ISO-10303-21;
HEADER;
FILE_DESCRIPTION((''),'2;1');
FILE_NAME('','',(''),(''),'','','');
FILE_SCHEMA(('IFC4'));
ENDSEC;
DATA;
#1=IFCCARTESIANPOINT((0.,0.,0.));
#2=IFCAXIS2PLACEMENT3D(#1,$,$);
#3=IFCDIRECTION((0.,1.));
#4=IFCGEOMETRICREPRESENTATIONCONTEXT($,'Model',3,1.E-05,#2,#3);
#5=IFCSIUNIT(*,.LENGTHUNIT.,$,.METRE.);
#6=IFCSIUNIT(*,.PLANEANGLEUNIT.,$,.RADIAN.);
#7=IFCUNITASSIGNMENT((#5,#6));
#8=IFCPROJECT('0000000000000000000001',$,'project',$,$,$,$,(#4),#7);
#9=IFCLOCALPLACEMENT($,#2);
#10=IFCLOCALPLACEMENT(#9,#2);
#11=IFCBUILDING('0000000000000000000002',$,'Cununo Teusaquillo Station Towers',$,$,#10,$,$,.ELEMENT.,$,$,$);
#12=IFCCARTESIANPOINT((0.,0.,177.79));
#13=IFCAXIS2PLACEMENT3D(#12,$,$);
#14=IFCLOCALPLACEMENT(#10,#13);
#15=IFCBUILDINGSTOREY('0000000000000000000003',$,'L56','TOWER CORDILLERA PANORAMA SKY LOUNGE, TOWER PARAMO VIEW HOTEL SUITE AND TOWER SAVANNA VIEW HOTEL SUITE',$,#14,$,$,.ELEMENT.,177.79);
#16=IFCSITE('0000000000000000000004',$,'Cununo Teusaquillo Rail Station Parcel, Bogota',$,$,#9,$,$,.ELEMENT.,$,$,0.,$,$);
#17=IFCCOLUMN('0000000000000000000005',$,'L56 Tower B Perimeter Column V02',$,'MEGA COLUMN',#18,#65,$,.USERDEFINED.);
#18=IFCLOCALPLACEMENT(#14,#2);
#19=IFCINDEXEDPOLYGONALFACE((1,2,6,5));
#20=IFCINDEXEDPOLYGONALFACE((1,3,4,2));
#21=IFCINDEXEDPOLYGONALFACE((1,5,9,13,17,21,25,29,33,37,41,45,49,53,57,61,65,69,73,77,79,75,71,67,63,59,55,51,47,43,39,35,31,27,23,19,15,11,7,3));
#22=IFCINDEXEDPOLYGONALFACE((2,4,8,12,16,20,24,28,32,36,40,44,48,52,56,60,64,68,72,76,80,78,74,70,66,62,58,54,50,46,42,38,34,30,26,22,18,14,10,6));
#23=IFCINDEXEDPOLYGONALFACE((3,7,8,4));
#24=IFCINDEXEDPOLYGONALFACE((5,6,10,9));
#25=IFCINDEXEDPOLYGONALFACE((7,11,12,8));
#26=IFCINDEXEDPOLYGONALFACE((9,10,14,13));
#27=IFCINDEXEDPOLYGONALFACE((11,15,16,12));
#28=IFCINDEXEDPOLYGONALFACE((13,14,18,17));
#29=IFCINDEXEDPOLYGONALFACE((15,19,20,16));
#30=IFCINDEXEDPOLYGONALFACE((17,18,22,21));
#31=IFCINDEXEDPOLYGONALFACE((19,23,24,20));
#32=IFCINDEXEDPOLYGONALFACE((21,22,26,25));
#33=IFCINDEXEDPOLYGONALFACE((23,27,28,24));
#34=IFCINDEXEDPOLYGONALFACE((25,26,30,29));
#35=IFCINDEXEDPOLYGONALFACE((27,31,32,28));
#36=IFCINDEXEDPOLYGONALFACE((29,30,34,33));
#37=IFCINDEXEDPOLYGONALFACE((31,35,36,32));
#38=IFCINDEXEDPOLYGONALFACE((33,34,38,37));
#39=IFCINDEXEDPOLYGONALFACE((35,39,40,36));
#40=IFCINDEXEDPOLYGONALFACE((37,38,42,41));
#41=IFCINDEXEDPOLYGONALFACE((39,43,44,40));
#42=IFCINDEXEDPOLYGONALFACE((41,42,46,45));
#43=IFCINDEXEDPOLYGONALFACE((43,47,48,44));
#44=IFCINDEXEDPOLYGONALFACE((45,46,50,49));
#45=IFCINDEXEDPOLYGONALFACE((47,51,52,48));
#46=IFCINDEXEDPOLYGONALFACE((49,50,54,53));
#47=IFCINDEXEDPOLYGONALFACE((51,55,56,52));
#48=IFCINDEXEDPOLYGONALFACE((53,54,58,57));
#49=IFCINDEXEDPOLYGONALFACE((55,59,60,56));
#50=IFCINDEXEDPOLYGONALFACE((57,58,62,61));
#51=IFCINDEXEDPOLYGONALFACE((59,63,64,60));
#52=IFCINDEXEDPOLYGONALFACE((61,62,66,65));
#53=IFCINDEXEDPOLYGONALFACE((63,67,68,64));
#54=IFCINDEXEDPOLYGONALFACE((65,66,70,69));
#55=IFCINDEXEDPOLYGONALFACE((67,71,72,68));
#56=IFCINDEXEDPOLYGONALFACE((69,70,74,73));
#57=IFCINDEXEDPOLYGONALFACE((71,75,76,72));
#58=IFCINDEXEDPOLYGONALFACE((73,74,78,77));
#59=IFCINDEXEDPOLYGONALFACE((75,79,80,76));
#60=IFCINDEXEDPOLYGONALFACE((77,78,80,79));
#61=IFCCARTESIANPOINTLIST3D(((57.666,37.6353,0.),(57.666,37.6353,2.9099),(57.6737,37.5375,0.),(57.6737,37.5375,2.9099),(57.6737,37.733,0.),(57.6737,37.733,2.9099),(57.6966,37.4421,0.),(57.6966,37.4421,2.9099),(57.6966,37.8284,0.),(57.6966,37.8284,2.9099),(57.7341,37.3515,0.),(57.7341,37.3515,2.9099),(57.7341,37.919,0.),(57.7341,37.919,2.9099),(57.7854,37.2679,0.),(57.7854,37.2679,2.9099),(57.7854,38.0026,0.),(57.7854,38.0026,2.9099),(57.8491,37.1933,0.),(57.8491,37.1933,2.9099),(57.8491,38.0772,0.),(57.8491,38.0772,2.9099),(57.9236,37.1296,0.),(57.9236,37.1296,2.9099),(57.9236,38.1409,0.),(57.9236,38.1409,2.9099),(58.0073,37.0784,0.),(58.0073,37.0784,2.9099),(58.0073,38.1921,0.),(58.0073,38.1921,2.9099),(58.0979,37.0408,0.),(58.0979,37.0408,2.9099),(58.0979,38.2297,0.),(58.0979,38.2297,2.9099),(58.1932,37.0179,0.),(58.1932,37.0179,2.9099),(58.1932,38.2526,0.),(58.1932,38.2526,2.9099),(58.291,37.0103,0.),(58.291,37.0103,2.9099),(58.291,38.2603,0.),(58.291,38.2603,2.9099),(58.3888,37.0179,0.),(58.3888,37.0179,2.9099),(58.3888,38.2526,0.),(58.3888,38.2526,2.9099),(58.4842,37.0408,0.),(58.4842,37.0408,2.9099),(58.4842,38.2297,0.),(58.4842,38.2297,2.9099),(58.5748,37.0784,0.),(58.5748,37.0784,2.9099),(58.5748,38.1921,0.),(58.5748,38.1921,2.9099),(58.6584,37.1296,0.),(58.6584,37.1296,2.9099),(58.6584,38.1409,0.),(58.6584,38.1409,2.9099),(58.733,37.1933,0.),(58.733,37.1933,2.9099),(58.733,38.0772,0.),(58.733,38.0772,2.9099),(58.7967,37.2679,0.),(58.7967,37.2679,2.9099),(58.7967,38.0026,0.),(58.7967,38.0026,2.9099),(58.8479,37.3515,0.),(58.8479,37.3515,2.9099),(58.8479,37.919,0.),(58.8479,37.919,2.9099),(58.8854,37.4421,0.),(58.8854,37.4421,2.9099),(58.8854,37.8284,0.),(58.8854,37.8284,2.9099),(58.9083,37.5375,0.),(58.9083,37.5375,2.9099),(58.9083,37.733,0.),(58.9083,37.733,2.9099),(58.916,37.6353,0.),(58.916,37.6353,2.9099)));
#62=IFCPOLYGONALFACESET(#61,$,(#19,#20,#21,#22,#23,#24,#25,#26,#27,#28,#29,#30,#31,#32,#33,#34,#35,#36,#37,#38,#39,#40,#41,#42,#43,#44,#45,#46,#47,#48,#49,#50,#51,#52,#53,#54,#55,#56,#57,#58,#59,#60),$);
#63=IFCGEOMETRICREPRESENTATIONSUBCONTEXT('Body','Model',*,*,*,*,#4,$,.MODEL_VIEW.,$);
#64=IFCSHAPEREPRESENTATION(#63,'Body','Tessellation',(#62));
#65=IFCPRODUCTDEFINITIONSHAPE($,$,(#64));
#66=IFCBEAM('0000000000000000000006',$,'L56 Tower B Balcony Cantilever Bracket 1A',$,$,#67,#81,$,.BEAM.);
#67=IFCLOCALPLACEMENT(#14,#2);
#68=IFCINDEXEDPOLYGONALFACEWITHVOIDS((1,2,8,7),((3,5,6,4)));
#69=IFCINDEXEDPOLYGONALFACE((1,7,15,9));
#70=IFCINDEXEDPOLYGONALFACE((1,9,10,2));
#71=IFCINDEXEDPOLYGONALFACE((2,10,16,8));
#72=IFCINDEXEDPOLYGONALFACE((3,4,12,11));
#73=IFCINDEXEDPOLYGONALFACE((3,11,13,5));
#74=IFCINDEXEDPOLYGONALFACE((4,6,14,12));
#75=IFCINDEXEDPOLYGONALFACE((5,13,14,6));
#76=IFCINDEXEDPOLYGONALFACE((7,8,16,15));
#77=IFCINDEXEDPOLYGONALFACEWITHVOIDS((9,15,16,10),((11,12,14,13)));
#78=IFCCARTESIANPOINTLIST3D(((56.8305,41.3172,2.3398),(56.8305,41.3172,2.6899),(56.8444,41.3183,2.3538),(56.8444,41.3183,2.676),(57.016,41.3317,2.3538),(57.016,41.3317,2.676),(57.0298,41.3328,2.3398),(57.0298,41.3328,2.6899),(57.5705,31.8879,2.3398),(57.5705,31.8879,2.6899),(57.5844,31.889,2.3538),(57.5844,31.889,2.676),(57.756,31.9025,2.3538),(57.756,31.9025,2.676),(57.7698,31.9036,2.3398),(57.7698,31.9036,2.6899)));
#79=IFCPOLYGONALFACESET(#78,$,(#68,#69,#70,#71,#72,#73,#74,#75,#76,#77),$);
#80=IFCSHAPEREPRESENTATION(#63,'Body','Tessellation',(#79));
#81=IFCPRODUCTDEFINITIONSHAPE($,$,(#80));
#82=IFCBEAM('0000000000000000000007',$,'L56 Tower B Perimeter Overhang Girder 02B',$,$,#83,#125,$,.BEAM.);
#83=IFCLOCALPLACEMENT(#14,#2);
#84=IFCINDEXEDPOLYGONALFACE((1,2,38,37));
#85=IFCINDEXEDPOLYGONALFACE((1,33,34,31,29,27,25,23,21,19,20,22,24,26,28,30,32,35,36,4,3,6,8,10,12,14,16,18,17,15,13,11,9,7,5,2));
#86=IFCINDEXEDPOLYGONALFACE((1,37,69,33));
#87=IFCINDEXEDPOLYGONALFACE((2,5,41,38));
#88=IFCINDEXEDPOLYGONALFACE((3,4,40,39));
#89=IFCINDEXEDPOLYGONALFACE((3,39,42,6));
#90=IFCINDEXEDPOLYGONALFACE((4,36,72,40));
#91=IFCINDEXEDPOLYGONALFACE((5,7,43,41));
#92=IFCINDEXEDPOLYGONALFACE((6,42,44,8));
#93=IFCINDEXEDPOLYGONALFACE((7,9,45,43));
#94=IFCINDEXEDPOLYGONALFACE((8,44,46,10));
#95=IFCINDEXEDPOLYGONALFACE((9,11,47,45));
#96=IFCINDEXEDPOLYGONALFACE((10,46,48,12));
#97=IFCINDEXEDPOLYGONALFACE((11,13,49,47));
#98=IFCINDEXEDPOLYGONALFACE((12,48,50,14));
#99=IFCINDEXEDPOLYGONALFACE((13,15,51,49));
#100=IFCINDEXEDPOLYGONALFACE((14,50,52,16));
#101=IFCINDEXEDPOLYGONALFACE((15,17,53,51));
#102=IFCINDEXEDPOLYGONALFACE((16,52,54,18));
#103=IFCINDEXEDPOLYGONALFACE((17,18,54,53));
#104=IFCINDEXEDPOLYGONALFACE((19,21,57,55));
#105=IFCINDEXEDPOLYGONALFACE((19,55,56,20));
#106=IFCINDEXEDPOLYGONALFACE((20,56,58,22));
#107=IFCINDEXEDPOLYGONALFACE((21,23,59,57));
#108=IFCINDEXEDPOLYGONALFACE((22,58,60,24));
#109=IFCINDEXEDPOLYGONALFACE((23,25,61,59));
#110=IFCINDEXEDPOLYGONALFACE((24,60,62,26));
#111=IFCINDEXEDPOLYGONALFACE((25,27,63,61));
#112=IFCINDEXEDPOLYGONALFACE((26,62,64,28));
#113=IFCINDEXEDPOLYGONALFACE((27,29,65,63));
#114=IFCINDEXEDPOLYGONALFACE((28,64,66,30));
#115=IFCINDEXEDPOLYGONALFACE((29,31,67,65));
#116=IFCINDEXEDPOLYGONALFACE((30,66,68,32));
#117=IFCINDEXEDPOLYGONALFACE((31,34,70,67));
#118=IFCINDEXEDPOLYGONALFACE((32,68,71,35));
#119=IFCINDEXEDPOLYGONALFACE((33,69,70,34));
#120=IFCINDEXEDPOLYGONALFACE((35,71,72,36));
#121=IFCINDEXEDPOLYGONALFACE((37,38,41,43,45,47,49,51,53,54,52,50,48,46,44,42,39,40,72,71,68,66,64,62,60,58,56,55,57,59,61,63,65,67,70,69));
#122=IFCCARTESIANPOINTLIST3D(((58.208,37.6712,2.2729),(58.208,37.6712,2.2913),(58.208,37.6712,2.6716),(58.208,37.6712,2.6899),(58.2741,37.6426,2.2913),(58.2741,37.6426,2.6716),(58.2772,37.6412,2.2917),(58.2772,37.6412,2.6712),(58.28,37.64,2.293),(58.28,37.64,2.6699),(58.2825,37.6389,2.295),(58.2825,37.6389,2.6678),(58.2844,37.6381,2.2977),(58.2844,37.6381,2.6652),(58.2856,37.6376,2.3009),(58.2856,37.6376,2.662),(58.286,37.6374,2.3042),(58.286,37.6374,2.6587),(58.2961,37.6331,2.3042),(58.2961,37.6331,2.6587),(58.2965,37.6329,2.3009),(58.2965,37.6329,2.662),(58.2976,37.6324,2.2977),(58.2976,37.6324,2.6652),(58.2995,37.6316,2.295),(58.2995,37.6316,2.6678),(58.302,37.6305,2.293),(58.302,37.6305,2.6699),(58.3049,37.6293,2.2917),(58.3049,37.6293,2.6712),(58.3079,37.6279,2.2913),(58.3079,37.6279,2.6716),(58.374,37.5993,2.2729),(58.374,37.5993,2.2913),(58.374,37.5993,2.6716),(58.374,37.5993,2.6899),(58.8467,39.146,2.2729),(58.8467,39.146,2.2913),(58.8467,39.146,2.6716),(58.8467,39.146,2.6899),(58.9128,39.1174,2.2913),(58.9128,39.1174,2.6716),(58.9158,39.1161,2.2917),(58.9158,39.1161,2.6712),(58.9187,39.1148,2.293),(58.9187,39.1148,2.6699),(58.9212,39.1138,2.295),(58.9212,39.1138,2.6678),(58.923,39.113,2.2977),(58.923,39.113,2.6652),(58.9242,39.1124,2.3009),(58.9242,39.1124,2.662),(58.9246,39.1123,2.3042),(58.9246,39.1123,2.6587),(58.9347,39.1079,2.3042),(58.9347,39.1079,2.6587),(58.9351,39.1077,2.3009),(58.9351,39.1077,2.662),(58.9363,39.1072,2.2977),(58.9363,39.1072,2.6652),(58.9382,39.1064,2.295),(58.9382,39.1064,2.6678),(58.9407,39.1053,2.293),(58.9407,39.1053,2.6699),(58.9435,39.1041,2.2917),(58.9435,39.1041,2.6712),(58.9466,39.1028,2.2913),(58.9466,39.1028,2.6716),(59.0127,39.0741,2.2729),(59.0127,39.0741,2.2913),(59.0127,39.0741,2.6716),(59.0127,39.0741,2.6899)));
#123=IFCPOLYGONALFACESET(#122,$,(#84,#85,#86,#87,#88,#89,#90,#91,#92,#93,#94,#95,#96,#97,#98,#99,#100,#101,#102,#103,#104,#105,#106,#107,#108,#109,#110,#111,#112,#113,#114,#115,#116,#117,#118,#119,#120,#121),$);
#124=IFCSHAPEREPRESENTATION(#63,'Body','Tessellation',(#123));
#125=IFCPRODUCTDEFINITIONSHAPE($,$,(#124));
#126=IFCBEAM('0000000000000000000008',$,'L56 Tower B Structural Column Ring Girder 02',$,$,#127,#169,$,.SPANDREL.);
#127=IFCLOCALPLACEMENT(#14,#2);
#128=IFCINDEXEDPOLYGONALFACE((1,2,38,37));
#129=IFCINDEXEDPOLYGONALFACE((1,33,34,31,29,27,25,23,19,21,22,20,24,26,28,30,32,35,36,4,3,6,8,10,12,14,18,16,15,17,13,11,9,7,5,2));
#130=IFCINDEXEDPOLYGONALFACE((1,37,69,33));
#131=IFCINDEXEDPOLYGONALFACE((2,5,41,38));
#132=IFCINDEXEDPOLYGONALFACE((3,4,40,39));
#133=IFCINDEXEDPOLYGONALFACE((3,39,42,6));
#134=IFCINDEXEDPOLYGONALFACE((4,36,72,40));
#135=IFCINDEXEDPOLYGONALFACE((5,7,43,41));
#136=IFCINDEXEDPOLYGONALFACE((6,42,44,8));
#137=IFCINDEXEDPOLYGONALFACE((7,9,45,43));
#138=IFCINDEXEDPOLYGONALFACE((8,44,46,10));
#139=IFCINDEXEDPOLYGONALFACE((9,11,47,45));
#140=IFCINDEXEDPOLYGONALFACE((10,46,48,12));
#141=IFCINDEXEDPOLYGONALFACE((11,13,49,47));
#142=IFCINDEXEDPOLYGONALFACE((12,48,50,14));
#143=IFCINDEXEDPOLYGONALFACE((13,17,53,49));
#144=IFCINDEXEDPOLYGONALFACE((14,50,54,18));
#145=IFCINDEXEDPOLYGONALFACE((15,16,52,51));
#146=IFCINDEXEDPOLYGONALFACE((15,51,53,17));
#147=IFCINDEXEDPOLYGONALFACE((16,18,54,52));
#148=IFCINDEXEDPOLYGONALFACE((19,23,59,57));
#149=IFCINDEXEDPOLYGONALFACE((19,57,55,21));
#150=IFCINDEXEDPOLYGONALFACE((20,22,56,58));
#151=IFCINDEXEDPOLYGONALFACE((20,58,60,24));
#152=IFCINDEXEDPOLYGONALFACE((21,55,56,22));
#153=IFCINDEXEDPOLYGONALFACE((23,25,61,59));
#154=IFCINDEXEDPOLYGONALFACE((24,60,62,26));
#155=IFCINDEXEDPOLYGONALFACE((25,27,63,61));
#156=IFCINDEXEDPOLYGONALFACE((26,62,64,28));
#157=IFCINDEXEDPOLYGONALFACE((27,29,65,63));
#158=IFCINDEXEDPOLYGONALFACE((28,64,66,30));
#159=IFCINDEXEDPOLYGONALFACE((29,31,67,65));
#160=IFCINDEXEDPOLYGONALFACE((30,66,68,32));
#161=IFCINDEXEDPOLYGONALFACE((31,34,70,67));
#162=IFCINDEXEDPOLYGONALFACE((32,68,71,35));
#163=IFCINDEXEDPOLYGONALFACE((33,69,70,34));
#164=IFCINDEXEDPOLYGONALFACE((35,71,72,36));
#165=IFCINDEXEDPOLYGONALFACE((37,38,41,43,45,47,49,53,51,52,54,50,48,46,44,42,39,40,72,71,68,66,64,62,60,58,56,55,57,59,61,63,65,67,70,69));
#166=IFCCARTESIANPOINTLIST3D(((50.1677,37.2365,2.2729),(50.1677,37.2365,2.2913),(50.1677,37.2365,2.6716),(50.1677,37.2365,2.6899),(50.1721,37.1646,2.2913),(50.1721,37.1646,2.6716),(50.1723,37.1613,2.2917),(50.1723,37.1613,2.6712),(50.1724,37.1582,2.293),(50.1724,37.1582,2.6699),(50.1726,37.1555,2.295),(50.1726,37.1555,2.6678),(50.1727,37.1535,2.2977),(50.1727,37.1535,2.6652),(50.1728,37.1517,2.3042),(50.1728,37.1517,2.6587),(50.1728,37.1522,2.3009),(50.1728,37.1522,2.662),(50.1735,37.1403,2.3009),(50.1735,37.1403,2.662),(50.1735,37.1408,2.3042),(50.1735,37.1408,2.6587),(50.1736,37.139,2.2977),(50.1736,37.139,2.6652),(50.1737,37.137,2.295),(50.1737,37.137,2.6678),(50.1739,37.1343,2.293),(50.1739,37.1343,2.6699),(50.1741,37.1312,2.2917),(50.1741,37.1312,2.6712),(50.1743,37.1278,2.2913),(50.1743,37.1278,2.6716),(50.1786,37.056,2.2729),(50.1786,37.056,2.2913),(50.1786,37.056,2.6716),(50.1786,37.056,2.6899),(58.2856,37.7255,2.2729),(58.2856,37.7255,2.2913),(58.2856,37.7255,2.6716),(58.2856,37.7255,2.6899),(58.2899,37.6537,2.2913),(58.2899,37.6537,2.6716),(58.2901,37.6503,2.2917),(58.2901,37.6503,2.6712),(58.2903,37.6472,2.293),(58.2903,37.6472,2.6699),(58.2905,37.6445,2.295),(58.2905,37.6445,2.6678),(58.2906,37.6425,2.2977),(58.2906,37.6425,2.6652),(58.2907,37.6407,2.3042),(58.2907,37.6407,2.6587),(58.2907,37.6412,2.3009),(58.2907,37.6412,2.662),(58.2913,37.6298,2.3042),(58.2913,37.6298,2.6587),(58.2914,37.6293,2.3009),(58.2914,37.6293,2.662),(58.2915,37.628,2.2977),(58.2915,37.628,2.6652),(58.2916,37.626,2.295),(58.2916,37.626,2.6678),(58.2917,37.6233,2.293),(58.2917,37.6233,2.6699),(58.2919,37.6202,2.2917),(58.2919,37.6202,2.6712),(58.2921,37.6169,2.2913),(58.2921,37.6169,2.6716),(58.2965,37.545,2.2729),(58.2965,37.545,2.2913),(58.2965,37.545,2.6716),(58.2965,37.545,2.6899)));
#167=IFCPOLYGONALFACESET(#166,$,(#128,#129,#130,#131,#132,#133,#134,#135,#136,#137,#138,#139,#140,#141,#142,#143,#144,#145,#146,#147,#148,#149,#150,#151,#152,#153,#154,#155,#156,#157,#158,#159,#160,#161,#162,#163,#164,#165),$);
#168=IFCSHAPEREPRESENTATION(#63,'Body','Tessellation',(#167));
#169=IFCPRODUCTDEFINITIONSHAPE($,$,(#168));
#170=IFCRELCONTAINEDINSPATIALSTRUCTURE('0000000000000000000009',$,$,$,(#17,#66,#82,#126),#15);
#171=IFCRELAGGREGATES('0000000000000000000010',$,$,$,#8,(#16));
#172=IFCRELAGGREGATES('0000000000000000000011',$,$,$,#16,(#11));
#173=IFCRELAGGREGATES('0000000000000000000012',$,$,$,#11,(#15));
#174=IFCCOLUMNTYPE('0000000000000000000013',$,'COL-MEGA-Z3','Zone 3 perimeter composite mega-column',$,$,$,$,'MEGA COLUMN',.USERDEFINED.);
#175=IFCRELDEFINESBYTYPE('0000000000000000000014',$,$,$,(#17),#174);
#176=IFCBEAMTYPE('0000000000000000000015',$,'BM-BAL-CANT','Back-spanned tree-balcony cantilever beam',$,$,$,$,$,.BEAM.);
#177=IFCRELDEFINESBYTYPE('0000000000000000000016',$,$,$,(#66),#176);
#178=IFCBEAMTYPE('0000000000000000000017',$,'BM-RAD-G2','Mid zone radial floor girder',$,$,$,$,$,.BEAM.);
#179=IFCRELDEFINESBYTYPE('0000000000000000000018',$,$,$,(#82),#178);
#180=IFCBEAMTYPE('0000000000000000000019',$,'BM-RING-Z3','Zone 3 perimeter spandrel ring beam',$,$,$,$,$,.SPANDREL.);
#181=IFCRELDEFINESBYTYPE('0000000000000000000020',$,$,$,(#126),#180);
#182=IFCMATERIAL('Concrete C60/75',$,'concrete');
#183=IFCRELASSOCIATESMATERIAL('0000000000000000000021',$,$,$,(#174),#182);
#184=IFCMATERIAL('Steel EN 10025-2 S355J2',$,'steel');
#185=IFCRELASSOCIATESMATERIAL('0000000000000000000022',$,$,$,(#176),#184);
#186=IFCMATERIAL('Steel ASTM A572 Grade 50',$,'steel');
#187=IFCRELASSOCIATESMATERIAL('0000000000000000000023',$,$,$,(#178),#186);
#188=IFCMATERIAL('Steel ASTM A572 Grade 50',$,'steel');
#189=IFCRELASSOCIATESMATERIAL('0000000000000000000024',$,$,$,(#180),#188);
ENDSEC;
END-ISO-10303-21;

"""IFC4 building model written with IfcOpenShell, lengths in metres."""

from ifc_helpers import new_model, si_unit, direction, frame, origin, origin_2d, place, context, subcontext, project, spatial, hollow_rectangle, circle, i_section, extrude, material, material_profile, profile_set, type_object, element, save


model = new_model("IFC4")

# Units and contexts
model_context = context("Model", 3, precision=1e-05, world=origin(), true_north=direction((0.0, 1.0)))
body_context = subcontext(model_context, "Body", "Model", "MODEL_VIEW")
ifc_project = project(units=[si_unit("LENGTHUNIT", "METRE"), si_unit("PLANEANGLEUNIT", "RADIAN")], contexts=[model_context])

# Site, building, storey
site_placement = place(None, origin())
site = spatial("IfcSite", under=ifc_project, at=site_placement, Name="Cununo Teusaquillo Rail Station Parcel, Bogota", CompositionType="ELEMENT", RefElevation=0.0)
building_placement = place(site_placement, origin())
building = spatial("IfcBuilding", under=site, at=building_placement, Name="Cununo Teusaquillo Station Towers", CompositionType="ELEMENT")
storey_placement = place(building_placement, frame((0.0, 0.0, 177.79)))
storey = spatial("IfcBuildingStorey", under=building, at=storey_placement, Name="L56", Description="TOWER CORDILLERA PANORAMA SKY LOUNGE, TOWER PARAMO VIEW HOTEL SUITE AND TOWER SAVANNA VIEW HOTEL SUITE", CompositionType="ELEMENT", Elevation=177.79)

# Column
ifc_material_1 = material(Name="Concrete C60/75", Category="concrete")
ifc_material_profile_1 = material_profile(ifc_material_1, circle(Radius=0.625, at=origin_2d()), Name="RC-CIRC-1250")
ifc_profile_set_1 = profile_set([ifc_material_profile_1], Name="Concrete C60/75")
column_type = type_object("IfcColumnType", Name="COL-MEGA-Z3", Description="Zone 3 perimeter composite mega-column", ElementType="MEGA COLUMN", PredefinedType="USERDEFINED", material=ifc_profile_set_1)
column_placement = place(storey_placement, frame((58.291, 37.6353, 0.0), z_axis=(0.0, 0.0, 1.0), x_axis=(1.0, 0.0, 0.0)))
element("IfcColumn", 1, at=column_placement, inside=storey, type_object=column_type, Name="L56 Tower B Perimeter Column V02", ObjectType="MEGA COLUMN", PredefinedType="USERDEFINED", context=body_context, shape_type="SweptSolid", body=[
    extrude(circle(Radius=0.625, at=origin_2d()), origin(), (0.0, 0.0, 1.0), 2.9099),
])

# Beams
ifc_material_2 = material(Name="Steel EN 10025-2 S355J2", Category="steel")
ifc_material_profile_2 = material_profile(ifc_material_2, hollow_rectangle(XDim=0.2, YDim=0.3501, WallThickness=0.0139, at=origin_2d()), Name="RHS 350x200x14")
ifc_profile_set_2 = profile_set([ifc_material_profile_2], Name="Steel EN 10025-2 S355J2")
beam_type_1 = type_object("IfcBeamType", Name="BM-BAL-CANT", Description="Back-spanned tree-balcony cantilever beam", PredefinedType="BEAM", material=ifc_profile_set_2)
beam_1_placement = place(storey_placement, frame((57.6702, 31.8958, 2.5149), z_axis=(-0.078238, 0.996935, 0.0), x_axis=(-0.996935, -0.078238, 0.0)))
element("IfcBeam", 2, at=beam_1_placement, inside=storey, type_object=beam_type_1, Name="L56 Tower B Balcony Cantilever Bracket 1A", PredefinedType="BEAM", context=body_context, shape_type="SweptSolid", body=[
    extrude(hollow_rectangle(XDim=0.2, YDim=0.3501, WallThickness=0.0139, at=origin_2d()), origin(), (0.0, 0.0, 1.0), 9.4583),
])
ifc_material_3 = material(Name="Steel ASTM A572 Grade 50", Category="steel")
ifc_material_profile_3 = material_profile(ifc_material_3, i_section(OverallWidth=0.1809, OverallDepth=0.417, WebThickness=0.011, FlangeThickness=0.0183, FilletRadius=0.0129, at=origin_2d()), Name="W16X57")
ifc_profile_set_3 = profile_set([ifc_material_profile_3], Name="Steel ASTM A572 Grade 50")
beam_type_2 = type_object("IfcBeamType", Name="BM-RAD-G2", Description="Mid zone radial floor girder", PredefinedType="BEAM", material=ifc_profile_set_3)
beam_2_placement = place(storey_placement, frame((58.291, 37.6353, 2.4814), z_axis=(0.397381, 0.917654, 0.0), x_axis=(-0.917654, 0.397381, 0.0)))
element("IfcBeam", 3, at=beam_2_placement, inside=storey, type_object=beam_type_2, Name="L56 Tower B Perimeter Overhang Girder 02B", PredefinedType="BEAM", context=body_context, shape_type="SweptSolid", body=[
    extrude(i_section(OverallWidth=0.1809, OverallDepth=0.417, WebThickness=0.011, FlangeThickness=0.0183, FilletRadius=0.0129, at=origin_2d()), origin(), (0.0, 0.0, 1.0), 1.6072),
])
ifc_material_4 = material(Name="Steel ASTM A572 Grade 50", Category="steel")
ifc_material_profile_4 = material_profile(ifc_material_4, i_section(OverallWidth=0.1809, OverallDepth=0.417, WebThickness=0.011, FlangeThickness=0.0183, FilletRadius=0.0129, at=origin_2d()), Name="W16X57")
ifc_profile_set_4 = profile_set([ifc_material_profile_4], Name="Steel ASTM A572 Grade 50")
beam_type_3 = type_object("IfcBeamType", Name="BM-RING-Z3", Description="Zone 3 perimeter spandrel ring beam", PredefinedType="SPANDREL", material=ifc_profile_set_4)
beam_3_placement = place(storey_placement, frame((58.291, 37.6353, 2.4814), z_axis=(-0.998191, -0.06013, 0.0), x_axis=(0.06013, -0.998191, 0.0)))
element("IfcBeam", 4, at=beam_3_placement, inside=storey, type_object=beam_type_3, Name="L56 Tower B Structural Column Ring Girder 02", PredefinedType="SPANDREL", context=body_context, shape_type="SweptSolid", body=[
    extrude(i_section(OverallWidth=0.1809, OverallDepth=0.417, WebThickness=0.011, FlangeThickness=0.0183, FilletRadius=0.0129, at=origin_2d()), origin(), (0.0, 0.0, 1.0), 8.1326),
])

save(model, "model.ifc")
